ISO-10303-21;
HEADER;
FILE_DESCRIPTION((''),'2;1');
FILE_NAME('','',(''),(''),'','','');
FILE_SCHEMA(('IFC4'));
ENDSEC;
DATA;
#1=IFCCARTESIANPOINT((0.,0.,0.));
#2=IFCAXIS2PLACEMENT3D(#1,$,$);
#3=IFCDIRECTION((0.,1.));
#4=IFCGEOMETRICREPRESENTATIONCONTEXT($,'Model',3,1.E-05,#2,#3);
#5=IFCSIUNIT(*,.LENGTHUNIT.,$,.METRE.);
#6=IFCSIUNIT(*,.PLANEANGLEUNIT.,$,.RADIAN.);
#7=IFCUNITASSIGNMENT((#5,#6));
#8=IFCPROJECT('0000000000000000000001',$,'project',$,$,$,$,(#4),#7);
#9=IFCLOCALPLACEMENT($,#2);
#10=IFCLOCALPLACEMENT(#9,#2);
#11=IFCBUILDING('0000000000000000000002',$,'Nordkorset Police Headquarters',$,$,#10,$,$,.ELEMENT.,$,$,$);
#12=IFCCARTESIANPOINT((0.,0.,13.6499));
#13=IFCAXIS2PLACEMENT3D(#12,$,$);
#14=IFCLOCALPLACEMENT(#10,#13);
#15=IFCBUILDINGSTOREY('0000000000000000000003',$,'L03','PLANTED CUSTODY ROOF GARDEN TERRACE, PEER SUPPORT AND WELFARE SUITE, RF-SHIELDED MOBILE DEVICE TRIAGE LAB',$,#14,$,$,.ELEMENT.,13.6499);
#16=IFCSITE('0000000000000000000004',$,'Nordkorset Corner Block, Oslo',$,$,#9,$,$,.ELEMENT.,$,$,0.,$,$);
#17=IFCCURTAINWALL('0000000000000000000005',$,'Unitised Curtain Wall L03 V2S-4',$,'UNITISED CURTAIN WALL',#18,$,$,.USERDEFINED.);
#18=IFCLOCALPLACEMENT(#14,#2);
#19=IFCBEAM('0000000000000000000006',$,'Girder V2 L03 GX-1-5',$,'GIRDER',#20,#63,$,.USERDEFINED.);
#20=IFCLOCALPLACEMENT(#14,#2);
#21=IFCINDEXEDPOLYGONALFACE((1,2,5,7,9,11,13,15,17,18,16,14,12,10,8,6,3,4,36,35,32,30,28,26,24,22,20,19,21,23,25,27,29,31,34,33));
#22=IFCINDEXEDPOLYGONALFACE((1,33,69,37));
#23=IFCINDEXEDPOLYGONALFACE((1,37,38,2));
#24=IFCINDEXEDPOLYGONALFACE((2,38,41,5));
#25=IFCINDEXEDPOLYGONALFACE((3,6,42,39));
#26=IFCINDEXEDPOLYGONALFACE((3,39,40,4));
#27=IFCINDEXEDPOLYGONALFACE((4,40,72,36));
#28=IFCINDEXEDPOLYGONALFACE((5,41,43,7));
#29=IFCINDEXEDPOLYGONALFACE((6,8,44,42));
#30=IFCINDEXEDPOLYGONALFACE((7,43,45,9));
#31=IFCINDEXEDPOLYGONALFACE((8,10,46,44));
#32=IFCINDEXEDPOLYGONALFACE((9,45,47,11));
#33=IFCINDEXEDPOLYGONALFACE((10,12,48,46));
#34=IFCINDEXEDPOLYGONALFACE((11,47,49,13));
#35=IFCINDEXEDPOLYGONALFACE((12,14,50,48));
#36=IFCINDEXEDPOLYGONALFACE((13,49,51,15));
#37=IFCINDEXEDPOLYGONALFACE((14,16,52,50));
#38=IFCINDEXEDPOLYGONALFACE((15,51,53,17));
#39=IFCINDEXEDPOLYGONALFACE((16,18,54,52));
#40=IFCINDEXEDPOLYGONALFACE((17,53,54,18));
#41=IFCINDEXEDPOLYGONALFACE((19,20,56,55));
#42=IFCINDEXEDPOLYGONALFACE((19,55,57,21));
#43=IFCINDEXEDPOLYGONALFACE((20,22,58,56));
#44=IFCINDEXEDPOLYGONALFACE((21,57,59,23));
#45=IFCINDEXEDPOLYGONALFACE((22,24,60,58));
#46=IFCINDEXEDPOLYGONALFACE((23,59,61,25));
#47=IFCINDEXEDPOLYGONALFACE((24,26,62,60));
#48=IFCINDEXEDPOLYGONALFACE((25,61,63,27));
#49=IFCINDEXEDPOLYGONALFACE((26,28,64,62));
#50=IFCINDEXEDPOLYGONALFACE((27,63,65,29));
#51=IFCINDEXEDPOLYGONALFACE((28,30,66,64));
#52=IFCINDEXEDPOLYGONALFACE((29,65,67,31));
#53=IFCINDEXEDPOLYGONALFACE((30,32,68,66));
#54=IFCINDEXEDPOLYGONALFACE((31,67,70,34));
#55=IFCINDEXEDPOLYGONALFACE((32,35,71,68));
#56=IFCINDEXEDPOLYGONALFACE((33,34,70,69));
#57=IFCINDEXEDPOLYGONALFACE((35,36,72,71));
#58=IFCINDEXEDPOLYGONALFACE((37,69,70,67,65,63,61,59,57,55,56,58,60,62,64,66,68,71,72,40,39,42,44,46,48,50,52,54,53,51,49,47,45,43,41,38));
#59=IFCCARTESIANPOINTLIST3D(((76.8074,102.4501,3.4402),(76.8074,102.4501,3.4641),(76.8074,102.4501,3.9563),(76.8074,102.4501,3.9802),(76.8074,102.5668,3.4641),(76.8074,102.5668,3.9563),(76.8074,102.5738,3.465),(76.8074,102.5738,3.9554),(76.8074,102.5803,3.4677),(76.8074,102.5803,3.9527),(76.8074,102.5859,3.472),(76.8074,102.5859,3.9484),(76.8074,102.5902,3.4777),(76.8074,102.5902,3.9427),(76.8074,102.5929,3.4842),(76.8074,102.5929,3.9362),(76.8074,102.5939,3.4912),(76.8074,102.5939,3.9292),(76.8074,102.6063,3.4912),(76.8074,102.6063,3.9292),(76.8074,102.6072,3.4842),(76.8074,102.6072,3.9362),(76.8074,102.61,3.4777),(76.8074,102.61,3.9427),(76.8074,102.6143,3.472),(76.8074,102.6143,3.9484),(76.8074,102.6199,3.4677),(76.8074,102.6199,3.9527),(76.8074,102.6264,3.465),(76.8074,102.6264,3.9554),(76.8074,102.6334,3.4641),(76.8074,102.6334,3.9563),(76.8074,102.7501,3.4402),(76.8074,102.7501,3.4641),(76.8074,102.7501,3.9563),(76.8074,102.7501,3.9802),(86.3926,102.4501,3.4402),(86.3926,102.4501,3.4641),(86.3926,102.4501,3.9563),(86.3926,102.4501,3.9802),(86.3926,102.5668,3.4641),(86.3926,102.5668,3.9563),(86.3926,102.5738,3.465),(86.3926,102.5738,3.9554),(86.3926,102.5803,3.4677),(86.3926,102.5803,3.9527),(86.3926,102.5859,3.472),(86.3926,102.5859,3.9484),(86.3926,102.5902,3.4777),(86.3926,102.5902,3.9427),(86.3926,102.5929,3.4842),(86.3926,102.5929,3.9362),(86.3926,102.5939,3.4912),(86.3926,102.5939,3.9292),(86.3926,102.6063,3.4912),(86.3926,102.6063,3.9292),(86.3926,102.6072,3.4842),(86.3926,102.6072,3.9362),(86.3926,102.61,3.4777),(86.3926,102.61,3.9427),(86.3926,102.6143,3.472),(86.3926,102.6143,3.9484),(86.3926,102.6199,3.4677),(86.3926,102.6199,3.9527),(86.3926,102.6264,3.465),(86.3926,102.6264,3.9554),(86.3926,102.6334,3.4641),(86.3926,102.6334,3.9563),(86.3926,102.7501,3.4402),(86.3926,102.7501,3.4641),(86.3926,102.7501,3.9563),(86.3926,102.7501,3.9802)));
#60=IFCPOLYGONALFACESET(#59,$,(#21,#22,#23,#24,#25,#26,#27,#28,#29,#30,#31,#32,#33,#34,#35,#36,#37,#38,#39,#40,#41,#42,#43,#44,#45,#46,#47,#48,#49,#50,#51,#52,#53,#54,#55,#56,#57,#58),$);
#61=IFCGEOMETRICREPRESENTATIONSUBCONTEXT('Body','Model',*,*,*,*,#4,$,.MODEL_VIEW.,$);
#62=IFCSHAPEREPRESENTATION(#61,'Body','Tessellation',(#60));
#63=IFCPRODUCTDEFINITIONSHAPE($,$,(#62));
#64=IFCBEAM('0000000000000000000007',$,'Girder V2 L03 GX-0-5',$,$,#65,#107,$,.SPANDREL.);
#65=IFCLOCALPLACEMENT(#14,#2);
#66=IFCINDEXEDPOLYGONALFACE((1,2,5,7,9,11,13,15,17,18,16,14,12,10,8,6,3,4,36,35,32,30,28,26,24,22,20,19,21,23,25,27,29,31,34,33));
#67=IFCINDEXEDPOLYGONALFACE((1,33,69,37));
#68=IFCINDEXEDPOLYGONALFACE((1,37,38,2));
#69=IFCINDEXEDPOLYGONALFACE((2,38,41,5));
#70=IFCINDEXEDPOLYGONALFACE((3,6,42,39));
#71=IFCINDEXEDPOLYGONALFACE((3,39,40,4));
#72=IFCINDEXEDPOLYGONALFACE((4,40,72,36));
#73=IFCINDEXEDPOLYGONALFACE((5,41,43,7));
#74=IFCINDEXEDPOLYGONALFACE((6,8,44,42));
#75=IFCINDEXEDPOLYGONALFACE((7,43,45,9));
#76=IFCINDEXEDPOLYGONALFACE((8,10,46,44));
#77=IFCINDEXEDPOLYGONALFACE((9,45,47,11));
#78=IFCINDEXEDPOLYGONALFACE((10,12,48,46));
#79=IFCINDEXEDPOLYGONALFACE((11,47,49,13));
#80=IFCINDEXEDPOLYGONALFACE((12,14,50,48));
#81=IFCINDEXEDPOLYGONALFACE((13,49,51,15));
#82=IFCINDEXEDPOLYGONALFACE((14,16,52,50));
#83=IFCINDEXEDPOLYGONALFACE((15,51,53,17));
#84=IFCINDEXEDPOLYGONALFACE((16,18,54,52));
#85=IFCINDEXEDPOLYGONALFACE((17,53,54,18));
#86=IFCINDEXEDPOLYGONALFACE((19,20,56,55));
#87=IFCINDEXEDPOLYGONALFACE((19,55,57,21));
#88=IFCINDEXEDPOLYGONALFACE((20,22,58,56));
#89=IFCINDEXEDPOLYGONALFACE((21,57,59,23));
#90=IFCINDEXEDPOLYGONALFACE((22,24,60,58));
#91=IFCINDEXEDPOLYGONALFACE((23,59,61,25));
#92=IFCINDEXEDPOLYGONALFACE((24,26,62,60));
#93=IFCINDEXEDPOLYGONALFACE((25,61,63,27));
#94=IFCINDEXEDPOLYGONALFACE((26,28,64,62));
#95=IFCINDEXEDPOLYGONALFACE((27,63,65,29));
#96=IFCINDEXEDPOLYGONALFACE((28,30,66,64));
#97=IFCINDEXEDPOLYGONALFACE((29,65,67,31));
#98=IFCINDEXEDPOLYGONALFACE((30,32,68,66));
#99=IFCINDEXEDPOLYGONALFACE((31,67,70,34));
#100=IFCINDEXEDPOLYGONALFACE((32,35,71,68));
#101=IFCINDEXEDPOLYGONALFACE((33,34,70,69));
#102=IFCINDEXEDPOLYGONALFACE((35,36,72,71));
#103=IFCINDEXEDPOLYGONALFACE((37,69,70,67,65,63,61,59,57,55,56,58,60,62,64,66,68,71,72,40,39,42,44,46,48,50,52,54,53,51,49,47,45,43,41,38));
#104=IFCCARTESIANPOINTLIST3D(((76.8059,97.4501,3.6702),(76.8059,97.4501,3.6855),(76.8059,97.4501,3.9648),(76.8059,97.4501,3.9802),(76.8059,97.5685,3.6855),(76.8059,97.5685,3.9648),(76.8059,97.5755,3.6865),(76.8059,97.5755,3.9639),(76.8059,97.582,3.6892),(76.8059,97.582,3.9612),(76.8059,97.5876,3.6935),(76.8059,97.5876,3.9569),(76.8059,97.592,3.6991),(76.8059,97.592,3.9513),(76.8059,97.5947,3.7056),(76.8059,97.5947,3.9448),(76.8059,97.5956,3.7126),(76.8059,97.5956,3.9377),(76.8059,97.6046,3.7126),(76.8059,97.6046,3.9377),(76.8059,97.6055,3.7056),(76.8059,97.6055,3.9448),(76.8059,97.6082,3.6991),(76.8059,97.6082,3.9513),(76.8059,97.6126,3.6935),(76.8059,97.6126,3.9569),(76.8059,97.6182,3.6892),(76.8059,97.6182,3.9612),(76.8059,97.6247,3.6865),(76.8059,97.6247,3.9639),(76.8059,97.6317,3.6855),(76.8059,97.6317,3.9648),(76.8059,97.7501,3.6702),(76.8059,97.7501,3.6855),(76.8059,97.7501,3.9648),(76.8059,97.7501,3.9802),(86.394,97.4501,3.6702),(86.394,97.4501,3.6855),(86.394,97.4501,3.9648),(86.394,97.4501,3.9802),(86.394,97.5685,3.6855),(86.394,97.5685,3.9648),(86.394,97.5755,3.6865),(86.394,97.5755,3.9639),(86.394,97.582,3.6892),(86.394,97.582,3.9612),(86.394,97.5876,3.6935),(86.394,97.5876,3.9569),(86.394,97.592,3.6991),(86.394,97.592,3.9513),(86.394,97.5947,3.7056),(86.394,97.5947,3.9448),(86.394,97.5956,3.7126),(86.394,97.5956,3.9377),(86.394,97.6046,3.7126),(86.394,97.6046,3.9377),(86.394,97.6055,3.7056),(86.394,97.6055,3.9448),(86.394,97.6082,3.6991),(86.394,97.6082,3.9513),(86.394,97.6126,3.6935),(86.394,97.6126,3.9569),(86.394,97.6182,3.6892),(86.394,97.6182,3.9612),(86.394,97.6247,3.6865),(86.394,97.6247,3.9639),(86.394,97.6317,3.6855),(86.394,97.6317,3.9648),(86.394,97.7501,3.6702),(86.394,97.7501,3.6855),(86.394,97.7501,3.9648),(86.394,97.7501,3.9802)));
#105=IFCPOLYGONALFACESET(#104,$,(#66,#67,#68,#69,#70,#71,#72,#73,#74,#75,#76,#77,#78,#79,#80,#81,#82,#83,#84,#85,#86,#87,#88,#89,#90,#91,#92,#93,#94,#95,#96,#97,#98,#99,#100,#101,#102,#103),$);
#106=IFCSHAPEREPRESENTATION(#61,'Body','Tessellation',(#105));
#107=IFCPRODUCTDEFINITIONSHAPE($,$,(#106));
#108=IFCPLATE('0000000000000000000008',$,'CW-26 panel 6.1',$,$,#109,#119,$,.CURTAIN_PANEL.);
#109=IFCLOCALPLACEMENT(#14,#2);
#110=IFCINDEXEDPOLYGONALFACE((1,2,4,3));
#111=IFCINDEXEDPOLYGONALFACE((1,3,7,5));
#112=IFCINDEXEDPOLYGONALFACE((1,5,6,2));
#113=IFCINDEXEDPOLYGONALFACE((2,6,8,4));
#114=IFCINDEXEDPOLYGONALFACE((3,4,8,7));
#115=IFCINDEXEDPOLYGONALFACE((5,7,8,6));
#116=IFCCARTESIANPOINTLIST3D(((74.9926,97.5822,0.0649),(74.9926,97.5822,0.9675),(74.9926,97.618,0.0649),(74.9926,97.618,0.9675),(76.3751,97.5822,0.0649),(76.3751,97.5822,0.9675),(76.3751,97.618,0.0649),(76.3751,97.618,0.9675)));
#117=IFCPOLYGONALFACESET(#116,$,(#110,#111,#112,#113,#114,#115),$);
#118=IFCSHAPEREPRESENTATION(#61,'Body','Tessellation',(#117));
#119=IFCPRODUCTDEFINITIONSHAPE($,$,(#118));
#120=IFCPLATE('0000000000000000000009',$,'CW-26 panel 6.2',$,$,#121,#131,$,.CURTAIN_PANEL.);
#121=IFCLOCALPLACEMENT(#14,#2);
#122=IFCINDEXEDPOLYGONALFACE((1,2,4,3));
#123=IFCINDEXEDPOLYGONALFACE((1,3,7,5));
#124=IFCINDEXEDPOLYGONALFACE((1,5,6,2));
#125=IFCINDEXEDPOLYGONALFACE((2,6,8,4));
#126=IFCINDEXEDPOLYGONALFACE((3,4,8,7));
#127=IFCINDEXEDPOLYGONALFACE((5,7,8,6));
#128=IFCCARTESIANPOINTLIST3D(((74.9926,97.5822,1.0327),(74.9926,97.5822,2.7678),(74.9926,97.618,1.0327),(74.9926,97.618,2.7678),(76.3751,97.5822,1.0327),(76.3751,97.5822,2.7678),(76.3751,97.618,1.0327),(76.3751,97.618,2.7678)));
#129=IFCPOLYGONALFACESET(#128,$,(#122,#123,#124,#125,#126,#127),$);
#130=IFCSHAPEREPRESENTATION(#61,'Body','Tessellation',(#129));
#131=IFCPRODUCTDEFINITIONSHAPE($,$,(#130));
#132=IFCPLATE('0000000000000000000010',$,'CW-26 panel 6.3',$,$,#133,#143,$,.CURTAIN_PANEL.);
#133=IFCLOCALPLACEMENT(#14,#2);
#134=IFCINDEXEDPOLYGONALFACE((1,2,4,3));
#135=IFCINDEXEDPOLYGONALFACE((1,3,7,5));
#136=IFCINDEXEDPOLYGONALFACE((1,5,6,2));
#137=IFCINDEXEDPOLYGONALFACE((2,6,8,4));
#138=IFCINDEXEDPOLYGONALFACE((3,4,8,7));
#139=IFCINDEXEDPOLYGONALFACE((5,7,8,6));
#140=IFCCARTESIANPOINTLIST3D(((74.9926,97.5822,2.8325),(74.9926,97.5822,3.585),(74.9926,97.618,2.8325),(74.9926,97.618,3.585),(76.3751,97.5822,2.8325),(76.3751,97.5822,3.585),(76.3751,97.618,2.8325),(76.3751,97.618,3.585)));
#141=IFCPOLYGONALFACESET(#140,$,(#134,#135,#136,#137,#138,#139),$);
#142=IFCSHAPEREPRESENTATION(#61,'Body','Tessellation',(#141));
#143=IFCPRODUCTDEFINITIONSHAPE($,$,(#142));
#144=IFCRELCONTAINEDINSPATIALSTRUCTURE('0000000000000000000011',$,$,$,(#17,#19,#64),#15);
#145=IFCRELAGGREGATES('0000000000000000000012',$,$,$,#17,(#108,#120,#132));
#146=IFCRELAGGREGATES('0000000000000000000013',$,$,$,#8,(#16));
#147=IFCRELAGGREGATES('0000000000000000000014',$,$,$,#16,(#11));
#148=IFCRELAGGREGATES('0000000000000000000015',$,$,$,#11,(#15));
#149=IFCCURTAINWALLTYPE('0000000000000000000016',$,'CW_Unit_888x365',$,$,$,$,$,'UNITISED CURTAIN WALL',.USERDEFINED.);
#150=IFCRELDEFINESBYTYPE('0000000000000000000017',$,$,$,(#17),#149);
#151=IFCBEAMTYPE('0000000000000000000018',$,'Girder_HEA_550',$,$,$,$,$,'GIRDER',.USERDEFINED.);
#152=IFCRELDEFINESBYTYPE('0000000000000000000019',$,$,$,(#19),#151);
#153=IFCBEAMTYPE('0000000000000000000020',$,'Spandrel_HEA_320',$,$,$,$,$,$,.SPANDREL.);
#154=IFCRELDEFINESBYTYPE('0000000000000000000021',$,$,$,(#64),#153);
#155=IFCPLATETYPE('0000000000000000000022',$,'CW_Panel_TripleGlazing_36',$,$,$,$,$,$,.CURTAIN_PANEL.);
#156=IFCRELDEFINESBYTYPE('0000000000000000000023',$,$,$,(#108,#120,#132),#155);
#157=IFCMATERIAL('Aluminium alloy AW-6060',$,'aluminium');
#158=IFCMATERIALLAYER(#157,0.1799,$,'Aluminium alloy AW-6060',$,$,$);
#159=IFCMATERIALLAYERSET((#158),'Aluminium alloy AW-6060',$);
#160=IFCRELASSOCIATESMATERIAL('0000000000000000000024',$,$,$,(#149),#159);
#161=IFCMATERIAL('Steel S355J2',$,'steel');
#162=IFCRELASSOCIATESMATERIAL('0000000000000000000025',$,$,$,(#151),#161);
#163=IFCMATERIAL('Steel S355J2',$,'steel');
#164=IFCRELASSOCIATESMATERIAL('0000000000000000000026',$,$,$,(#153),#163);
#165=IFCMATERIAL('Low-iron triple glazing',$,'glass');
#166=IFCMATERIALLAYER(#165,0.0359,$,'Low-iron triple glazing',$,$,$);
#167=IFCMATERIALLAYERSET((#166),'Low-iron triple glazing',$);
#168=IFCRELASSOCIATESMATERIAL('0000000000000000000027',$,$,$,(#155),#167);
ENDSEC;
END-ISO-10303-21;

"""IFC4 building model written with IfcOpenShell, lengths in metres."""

from ifc_helpers import new_model, si_unit, direction, frame, origin, origin_2d, place, context, subcontext, project, spatial, rectangle, i_section, extrude, material, layer, layer_set, material_profile, profile_set, type_object, element, aggregate, save


model = new_model("IFC4")

# Units and contexts
model_context = context("Model", 3, precision=1e-05, world=origin(), true_north=direction((0.0, 1.0)))
body_context = subcontext(model_context, "Body", "Model", "MODEL_VIEW")
ifc_project = project(units=[si_unit("LENGTHUNIT", "METRE"), si_unit("PLANEANGLEUNIT", "RADIAN")], contexts=[model_context])

# Site, building, storey
site_placement = place(None, origin())
site = spatial("IfcSite", under=ifc_project, at=site_placement, Name="Nordkorset Corner Block, Oslo", CompositionType="ELEMENT", RefElevation=0.0)
building_placement = place(site_placement, origin())
building = spatial("IfcBuilding", under=site, at=building_placement, Name="Nordkorset Police Headquarters", CompositionType="ELEMENT")
storey_placement = place(building_placement, frame((0.0, 0.0, 13.6499)))
storey = spatial("IfcBuildingStorey", under=building, at=storey_placement, Name="L03", Description="PLANTED CUSTODY ROOF GARDEN TERRACE, PEER SUPPORT AND WELFARE SUITE, RF-SHIELDED MOBILE DEVICE TRIAGE LAB", CompositionType="ELEMENT", Elevation=13.6499)

# Curtain wall
ifc_material_1 = material(Name="Aluminium alloy AW-6060", Category="aluminium")
ifc_layer_1 = layer(ifc_material_1, 0.1799, Name="Aluminium alloy AW-6060")
ifc_layer_set_1 = layer_set([ifc_layer_1], Name="Aluminium alloy AW-6060")
curtain_wall_type = type_object("IfcCurtainWallType", Name="CW_Unit_888x365", ElementType="UNITISED CURTAIN WALL", PredefinedType="USERDEFINED", material=ifc_layer_set_1)
curtain_wall_placement = place(storey_placement, origin())
curtain_wall = element("IfcCurtainWall", 1, at=curtain_wall_placement, inside=storey, type_object=curtain_wall_type, Name="Unitised Curtain Wall L03 V2S-4", ObjectType="UNITISED CURTAIN WALL", PredefinedType="USERDEFINED")

# Beams
ifc_material_2 = material(Name="Steel S355J2", Category="steel")
ifc_material_profile_1 = material_profile(ifc_material_2, i_section(OverallWidth=0.3, OverallDepth=0.54, WebThickness=0.0125, FlangeThickness=0.0239, FilletRadius=0.0271, at=origin_2d()), Name="HEA 550")
ifc_profile_set_1 = profile_set([ifc_material_profile_1], Name="Steel S355J2")
beam_type_1 = type_object("IfcBeamType", Name="Girder_HEA_550", ElementType="GIRDER", PredefinedType="USERDEFINED", material=ifc_profile_set_1)
beam_1_placement = place(storey_placement, frame((76.8074, 102.6001, 3.7102), z_axis=(1.0, 0.0, 0.0), x_axis=(0.0, 1.0, 0.0)))
element("IfcBeam", 2, at=beam_1_placement, inside=storey, type_object=beam_type_1, Name="Girder V2 L03 GX-1-5", ObjectType="GIRDER", PredefinedType="USERDEFINED", context=body_context, shape_type="SweptSolid", body=[
    extrude(i_section(OverallWidth=0.3, OverallDepth=0.54, WebThickness=0.0125, FlangeThickness=0.0239, FilletRadius=0.0271, at=origin_2d()), origin(), (0.0, 0.0, 1.0), 9.5852),
])
ifc_material_3 = material(Name="Steel S355J2", Category="steel")
ifc_material_profile_2 = material_profile(ifc_material_3, i_section(OverallWidth=0.3, OverallDepth=0.3101, WebThickness=0.009, FlangeThickness=0.0154, FilletRadius=0.0271, at=origin_2d()), Name="HEA 320")
ifc_profile_set_2 = profile_set([ifc_material_profile_2], Name="Steel S355J2")
beam_type_2 = type_object("IfcBeamType", Name="Spandrel_HEA_320", PredefinedType="SPANDREL", material=ifc_profile_set_2)
beam_2_placement = place(storey_placement, frame((76.8059, 97.6001, 3.8252), z_axis=(1.0, 0.0, 0.0), x_axis=(0.0, 1.0, 0.0)))
element("IfcBeam", 3, at=beam_2_placement, inside=storey, type_object=beam_type_2, Name="Girder V2 L03 GX-0-5", PredefinedType="SPANDREL", context=body_context, shape_type="SweptSolid", body=[
    extrude(i_section(OverallWidth=0.3, OverallDepth=0.3101, WebThickness=0.009, FlangeThickness=0.0154, FilletRadius=0.0271, at=origin_2d()), origin(), (0.0, 0.0, 1.0), 9.5881),
])

# Plates
ifc_material_4 = material(Name="Low-iron triple glazing", Category="glass")
ifc_layer_2 = layer(ifc_material_4, 0.0359, Name="Low-iron triple glazing")
ifc_layer_set_2 = layer_set([ifc_layer_2], Name="Low-iron triple glazing")
plate_type = type_object("IfcPlateType", Name="CW_Panel_TripleGlazing_36", PredefinedType="CURTAIN_PANEL", material=ifc_layer_set_2)
plate_1_placement = place(storey_placement, frame((75.6838, 97.6001, 0.0649), z_axis=(0.0, 0.0, 1.0), x_axis=(1.0, 0.0, 0.0)))
plate_1 = element("IfcPlate", 4, at=plate_1_placement, type_object=plate_type, Name="CW-26 panel 6.1", PredefinedType="CURTAIN_PANEL", context=body_context, shape_type="SweptSolid", body=[
    extrude(rectangle(XDim=1.3826, YDim=0.0359, at=origin_2d()), origin(), (0.0, 0.0, 1.0), 0.9026),
])
plate_2_placement = place(storey_placement, frame((75.6838, 97.6001, 1.0327), z_axis=(0.0, 0.0, 1.0), x_axis=(1.0, 0.0, 0.0)))
plate_2 = element("IfcPlate", 5, at=plate_2_placement, type_object=plate_type, Name="CW-26 panel 6.2", PredefinedType="CURTAIN_PANEL", context=body_context, shape_type="SweptSolid", body=[
    extrude(rectangle(XDim=1.3826, YDim=0.0359, at=origin_2d()), origin(), (0.0, 0.0, 1.0), 1.7351),
])
plate_3_placement = place(storey_placement, frame((75.6838, 97.6001, 2.8325), z_axis=(0.0, 0.0, 1.0), x_axis=(1.0, 0.0, 0.0)))
plate_3 = element("IfcPlate", 6, at=plate_3_placement, type_object=plate_type, Name="CW-26 panel 6.3", PredefinedType="CURTAIN_PANEL", context=body_context, shape_type="SweptSolid", body=[
    extrude(rectangle(XDim=1.3826, YDim=0.0359, at=origin_2d()), origin(), (0.0, 0.0, 1.0), 0.7524),
])
aggregate(curtain_wall, [plate_1, plate_2, plate_3])

save(model, "model.ifc")
